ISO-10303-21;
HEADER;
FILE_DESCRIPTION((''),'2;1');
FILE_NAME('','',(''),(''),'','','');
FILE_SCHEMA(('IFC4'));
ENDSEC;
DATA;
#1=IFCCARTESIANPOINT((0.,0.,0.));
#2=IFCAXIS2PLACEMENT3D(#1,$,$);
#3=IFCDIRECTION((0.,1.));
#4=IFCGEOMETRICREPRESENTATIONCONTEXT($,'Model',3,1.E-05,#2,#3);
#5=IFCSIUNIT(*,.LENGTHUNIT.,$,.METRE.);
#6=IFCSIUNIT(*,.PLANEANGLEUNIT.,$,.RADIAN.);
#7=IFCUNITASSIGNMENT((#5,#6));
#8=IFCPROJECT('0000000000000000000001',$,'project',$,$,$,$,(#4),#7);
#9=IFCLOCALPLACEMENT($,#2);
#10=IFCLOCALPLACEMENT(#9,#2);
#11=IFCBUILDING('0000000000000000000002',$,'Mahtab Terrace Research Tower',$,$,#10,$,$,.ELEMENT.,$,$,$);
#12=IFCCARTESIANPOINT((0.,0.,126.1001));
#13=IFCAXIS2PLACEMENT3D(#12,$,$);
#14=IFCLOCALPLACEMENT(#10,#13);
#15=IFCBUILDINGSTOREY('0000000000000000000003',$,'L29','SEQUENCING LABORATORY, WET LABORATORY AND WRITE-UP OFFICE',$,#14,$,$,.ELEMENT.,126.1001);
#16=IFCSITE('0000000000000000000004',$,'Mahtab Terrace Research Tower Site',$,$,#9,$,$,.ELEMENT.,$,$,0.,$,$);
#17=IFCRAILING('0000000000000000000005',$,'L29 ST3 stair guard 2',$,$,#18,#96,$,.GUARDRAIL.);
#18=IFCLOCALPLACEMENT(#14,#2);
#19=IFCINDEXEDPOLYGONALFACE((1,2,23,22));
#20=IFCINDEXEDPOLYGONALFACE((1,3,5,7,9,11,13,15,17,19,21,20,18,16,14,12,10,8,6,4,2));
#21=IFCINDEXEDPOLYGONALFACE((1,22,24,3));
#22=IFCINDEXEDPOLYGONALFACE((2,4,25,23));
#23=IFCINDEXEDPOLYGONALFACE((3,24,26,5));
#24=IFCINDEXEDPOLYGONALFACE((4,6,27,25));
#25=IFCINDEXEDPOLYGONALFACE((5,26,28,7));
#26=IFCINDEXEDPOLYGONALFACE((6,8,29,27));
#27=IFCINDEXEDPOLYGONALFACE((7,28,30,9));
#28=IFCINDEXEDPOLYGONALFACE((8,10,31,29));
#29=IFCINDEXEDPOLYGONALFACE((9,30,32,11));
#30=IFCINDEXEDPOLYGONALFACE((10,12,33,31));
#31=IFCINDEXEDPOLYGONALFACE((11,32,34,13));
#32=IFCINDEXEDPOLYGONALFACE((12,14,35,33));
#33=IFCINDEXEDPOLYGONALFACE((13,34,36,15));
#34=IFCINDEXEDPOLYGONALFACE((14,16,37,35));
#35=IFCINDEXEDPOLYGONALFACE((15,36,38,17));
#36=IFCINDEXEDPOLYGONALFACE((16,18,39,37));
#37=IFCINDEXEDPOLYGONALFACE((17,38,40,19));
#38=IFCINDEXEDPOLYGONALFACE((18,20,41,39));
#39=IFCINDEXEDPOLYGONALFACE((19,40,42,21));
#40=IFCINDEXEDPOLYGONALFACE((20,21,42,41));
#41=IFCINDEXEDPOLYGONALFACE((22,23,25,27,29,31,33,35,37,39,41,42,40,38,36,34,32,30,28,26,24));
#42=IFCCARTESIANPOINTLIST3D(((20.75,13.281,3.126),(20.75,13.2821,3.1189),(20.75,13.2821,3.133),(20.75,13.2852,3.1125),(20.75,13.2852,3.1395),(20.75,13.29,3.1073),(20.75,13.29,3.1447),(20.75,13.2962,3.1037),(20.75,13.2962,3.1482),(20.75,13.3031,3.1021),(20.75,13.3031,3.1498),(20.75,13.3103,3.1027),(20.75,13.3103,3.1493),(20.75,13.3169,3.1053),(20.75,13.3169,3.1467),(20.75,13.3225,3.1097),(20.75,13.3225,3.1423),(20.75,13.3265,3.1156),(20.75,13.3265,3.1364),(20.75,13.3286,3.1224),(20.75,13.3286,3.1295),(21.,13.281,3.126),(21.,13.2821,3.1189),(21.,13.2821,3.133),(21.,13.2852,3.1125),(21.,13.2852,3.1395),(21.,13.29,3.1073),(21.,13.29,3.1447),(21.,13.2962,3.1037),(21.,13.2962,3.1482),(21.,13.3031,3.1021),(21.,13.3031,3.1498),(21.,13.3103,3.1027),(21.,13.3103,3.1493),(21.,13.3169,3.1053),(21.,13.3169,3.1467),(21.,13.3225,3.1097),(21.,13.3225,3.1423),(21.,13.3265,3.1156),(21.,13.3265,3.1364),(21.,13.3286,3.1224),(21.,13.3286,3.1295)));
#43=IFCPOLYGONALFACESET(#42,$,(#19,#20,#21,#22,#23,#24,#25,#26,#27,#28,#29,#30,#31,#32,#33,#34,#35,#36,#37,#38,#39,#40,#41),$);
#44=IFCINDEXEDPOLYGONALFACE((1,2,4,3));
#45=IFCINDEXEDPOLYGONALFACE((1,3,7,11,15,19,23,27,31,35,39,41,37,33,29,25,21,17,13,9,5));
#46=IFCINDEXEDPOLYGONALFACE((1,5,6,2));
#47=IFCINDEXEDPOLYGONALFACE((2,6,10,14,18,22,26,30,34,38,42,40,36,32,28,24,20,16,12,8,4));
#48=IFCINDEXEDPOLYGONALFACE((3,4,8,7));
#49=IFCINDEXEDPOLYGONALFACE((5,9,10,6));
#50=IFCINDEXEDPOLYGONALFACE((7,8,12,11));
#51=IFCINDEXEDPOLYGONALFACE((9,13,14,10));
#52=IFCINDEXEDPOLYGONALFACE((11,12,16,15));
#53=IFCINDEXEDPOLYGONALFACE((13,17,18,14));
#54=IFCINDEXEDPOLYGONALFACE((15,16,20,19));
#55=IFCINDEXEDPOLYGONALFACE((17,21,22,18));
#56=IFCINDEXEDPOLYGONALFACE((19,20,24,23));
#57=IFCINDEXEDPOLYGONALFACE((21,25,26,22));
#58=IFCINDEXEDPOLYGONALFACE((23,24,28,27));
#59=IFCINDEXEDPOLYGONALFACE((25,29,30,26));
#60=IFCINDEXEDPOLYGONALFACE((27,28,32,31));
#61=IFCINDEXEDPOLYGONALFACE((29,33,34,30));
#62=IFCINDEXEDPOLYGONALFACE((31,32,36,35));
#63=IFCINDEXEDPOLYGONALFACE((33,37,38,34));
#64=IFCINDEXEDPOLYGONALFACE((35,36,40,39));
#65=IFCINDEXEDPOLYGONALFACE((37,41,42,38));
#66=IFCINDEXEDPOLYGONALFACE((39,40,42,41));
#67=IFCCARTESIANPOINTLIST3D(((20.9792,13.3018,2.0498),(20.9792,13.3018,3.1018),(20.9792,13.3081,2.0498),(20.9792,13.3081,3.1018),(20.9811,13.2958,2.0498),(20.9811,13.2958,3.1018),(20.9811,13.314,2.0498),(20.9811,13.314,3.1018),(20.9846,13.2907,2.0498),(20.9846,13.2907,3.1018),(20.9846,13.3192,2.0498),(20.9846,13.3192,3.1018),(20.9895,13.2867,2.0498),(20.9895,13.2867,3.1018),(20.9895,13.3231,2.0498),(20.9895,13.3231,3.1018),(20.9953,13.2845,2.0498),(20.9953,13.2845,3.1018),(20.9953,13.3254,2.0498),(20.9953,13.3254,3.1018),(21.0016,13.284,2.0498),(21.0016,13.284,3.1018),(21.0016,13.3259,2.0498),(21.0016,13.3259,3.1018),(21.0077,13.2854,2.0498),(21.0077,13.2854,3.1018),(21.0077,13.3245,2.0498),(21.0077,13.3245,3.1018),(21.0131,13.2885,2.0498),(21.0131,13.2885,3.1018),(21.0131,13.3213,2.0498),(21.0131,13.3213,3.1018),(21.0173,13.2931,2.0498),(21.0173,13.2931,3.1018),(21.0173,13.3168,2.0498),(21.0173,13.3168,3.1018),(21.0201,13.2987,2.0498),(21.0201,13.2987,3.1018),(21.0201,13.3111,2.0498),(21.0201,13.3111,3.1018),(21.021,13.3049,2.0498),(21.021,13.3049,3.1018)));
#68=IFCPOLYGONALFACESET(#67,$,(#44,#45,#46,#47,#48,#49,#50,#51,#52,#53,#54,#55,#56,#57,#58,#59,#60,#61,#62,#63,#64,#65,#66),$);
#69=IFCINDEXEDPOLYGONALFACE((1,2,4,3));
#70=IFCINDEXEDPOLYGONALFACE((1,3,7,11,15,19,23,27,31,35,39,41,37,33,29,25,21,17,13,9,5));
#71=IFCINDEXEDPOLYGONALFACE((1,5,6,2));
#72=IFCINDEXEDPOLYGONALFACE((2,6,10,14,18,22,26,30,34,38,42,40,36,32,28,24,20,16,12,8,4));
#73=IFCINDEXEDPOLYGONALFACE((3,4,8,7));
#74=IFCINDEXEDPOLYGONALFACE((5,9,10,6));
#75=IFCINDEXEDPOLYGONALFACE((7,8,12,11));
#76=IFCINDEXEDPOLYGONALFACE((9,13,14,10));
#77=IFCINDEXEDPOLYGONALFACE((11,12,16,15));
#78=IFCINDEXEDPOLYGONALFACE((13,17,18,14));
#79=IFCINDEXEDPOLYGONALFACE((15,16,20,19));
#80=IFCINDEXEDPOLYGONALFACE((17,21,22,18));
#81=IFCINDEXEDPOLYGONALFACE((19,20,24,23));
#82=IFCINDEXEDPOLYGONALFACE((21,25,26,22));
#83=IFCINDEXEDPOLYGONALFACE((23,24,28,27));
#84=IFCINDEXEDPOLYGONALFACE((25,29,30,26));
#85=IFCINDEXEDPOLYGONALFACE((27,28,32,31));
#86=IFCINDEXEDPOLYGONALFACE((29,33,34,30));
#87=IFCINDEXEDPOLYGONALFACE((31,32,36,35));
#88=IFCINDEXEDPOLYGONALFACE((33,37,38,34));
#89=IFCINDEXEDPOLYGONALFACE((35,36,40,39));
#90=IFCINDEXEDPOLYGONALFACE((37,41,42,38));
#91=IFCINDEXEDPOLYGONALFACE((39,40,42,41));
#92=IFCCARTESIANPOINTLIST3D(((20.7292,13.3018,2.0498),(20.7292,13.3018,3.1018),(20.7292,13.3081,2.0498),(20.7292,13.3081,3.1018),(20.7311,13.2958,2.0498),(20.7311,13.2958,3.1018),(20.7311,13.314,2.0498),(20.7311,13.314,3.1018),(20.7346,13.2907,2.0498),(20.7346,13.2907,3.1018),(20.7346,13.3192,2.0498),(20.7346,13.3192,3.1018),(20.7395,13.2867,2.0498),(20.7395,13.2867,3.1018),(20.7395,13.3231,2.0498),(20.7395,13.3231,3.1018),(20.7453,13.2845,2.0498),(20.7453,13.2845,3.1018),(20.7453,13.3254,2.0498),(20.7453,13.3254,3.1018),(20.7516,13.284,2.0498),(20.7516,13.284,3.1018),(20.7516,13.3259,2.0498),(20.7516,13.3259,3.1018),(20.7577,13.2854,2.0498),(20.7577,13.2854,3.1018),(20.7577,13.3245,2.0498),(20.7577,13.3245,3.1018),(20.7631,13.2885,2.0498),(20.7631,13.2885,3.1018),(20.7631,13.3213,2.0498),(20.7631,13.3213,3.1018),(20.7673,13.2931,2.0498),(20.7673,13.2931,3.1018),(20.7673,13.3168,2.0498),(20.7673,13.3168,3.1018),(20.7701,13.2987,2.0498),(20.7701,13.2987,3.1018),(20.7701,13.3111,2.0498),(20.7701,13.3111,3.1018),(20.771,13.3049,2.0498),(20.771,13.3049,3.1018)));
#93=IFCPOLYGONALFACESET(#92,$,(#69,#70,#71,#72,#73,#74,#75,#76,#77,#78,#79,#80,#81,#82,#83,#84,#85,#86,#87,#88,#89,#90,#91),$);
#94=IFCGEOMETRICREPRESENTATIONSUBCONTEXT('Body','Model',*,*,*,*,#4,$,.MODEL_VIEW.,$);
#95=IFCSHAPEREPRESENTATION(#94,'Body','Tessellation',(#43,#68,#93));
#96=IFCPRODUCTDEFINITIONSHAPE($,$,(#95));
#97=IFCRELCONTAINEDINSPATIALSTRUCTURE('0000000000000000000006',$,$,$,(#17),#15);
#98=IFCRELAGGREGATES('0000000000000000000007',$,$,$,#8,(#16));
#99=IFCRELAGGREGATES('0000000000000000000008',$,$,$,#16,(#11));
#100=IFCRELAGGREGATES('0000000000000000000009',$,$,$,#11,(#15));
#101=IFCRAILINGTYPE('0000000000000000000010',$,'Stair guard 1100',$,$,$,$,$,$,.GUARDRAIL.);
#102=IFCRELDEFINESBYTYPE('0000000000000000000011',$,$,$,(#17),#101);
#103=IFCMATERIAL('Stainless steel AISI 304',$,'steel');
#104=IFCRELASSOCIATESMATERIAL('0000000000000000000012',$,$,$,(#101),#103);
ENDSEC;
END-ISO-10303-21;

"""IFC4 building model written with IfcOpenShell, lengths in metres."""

from ifc_helpers import new_model, si_unit, direction, frame, origin, origin_2d, place, context, subcontext, project, spatial, circle, extrude, material, type_object, element, save


model = new_model("IFC4")

# Units and contexts
model_context = context("Model", 3, precision=1e-05, world=origin(), true_north=direction((0.0, 1.0)))
body_context = subcontext(model_context, "Body", "Model", "MODEL_VIEW")
ifc_project = project(units=[si_unit("LENGTHUNIT", "METRE"), si_unit("PLANEANGLEUNIT", "RADIAN")], contexts=[model_context])

# Site, building, storey
site_placement = place(None, origin())
site = spatial("IfcSite", under=ifc_project, at=site_placement, Name="Mahtab Terrace Research Tower Site", CompositionType="ELEMENT", RefElevation=0.0)
building_placement = place(site_placement, origin())
building = spatial("IfcBuilding", under=site, at=building_placement, Name="Mahtab Terrace Research Tower", CompositionType="ELEMENT")
storey_placement = place(building_placement, frame((0.0, 0.0, 126.1001)))
storey = spatial("IfcBuildingStorey", under=building, at=storey_placement, Name="L29", Description="SEQUENCING LABORATORY, WET LABORATORY AND WRITE-UP OFFICE", CompositionType="ELEMENT", Elevation=126.1001)

# Railing
ifc_material_1 = material(Name="Stainless steel AISI 304", Category="steel")
railing_type_1 = type_object("IfcRailingType", Name="Stair guard 1100", PredefinedType="GUARDRAIL", material=ifc_material_1)
railing_1_placement = place(storey_placement, frame((21.0, 13.3049, 2.0498)))
element("IfcRailing", 1, at=railing_1_placement, inside=storey, type_object=railing_type_1, Name="L29 ST3 stair guard 2", PredefinedType="GUARDRAIL", context=body_context, shape_type="SweptSolid", body=[
    extrude(circle(Radius=0.0239, at=origin_2d()), frame((0.0, 0.0, 1.0762), z_axis=(-1.0, 0.0, 0.0), x_axis=(0.0, -1.0, 0.0)), (0.0, 0.0, 1.0), 0.25),
    extrude(circle(Radius=0.021, at=origin_2d()), origin(), (0.0, 0.0, 1.0), 1.052),
    extrude(circle(Radius=0.021, at=origin_2d()), frame((-0.25, 0.0, 0.0)), (0.0, 0.0, 1.0), 1.052),
])

save(model, "model.ifc")
